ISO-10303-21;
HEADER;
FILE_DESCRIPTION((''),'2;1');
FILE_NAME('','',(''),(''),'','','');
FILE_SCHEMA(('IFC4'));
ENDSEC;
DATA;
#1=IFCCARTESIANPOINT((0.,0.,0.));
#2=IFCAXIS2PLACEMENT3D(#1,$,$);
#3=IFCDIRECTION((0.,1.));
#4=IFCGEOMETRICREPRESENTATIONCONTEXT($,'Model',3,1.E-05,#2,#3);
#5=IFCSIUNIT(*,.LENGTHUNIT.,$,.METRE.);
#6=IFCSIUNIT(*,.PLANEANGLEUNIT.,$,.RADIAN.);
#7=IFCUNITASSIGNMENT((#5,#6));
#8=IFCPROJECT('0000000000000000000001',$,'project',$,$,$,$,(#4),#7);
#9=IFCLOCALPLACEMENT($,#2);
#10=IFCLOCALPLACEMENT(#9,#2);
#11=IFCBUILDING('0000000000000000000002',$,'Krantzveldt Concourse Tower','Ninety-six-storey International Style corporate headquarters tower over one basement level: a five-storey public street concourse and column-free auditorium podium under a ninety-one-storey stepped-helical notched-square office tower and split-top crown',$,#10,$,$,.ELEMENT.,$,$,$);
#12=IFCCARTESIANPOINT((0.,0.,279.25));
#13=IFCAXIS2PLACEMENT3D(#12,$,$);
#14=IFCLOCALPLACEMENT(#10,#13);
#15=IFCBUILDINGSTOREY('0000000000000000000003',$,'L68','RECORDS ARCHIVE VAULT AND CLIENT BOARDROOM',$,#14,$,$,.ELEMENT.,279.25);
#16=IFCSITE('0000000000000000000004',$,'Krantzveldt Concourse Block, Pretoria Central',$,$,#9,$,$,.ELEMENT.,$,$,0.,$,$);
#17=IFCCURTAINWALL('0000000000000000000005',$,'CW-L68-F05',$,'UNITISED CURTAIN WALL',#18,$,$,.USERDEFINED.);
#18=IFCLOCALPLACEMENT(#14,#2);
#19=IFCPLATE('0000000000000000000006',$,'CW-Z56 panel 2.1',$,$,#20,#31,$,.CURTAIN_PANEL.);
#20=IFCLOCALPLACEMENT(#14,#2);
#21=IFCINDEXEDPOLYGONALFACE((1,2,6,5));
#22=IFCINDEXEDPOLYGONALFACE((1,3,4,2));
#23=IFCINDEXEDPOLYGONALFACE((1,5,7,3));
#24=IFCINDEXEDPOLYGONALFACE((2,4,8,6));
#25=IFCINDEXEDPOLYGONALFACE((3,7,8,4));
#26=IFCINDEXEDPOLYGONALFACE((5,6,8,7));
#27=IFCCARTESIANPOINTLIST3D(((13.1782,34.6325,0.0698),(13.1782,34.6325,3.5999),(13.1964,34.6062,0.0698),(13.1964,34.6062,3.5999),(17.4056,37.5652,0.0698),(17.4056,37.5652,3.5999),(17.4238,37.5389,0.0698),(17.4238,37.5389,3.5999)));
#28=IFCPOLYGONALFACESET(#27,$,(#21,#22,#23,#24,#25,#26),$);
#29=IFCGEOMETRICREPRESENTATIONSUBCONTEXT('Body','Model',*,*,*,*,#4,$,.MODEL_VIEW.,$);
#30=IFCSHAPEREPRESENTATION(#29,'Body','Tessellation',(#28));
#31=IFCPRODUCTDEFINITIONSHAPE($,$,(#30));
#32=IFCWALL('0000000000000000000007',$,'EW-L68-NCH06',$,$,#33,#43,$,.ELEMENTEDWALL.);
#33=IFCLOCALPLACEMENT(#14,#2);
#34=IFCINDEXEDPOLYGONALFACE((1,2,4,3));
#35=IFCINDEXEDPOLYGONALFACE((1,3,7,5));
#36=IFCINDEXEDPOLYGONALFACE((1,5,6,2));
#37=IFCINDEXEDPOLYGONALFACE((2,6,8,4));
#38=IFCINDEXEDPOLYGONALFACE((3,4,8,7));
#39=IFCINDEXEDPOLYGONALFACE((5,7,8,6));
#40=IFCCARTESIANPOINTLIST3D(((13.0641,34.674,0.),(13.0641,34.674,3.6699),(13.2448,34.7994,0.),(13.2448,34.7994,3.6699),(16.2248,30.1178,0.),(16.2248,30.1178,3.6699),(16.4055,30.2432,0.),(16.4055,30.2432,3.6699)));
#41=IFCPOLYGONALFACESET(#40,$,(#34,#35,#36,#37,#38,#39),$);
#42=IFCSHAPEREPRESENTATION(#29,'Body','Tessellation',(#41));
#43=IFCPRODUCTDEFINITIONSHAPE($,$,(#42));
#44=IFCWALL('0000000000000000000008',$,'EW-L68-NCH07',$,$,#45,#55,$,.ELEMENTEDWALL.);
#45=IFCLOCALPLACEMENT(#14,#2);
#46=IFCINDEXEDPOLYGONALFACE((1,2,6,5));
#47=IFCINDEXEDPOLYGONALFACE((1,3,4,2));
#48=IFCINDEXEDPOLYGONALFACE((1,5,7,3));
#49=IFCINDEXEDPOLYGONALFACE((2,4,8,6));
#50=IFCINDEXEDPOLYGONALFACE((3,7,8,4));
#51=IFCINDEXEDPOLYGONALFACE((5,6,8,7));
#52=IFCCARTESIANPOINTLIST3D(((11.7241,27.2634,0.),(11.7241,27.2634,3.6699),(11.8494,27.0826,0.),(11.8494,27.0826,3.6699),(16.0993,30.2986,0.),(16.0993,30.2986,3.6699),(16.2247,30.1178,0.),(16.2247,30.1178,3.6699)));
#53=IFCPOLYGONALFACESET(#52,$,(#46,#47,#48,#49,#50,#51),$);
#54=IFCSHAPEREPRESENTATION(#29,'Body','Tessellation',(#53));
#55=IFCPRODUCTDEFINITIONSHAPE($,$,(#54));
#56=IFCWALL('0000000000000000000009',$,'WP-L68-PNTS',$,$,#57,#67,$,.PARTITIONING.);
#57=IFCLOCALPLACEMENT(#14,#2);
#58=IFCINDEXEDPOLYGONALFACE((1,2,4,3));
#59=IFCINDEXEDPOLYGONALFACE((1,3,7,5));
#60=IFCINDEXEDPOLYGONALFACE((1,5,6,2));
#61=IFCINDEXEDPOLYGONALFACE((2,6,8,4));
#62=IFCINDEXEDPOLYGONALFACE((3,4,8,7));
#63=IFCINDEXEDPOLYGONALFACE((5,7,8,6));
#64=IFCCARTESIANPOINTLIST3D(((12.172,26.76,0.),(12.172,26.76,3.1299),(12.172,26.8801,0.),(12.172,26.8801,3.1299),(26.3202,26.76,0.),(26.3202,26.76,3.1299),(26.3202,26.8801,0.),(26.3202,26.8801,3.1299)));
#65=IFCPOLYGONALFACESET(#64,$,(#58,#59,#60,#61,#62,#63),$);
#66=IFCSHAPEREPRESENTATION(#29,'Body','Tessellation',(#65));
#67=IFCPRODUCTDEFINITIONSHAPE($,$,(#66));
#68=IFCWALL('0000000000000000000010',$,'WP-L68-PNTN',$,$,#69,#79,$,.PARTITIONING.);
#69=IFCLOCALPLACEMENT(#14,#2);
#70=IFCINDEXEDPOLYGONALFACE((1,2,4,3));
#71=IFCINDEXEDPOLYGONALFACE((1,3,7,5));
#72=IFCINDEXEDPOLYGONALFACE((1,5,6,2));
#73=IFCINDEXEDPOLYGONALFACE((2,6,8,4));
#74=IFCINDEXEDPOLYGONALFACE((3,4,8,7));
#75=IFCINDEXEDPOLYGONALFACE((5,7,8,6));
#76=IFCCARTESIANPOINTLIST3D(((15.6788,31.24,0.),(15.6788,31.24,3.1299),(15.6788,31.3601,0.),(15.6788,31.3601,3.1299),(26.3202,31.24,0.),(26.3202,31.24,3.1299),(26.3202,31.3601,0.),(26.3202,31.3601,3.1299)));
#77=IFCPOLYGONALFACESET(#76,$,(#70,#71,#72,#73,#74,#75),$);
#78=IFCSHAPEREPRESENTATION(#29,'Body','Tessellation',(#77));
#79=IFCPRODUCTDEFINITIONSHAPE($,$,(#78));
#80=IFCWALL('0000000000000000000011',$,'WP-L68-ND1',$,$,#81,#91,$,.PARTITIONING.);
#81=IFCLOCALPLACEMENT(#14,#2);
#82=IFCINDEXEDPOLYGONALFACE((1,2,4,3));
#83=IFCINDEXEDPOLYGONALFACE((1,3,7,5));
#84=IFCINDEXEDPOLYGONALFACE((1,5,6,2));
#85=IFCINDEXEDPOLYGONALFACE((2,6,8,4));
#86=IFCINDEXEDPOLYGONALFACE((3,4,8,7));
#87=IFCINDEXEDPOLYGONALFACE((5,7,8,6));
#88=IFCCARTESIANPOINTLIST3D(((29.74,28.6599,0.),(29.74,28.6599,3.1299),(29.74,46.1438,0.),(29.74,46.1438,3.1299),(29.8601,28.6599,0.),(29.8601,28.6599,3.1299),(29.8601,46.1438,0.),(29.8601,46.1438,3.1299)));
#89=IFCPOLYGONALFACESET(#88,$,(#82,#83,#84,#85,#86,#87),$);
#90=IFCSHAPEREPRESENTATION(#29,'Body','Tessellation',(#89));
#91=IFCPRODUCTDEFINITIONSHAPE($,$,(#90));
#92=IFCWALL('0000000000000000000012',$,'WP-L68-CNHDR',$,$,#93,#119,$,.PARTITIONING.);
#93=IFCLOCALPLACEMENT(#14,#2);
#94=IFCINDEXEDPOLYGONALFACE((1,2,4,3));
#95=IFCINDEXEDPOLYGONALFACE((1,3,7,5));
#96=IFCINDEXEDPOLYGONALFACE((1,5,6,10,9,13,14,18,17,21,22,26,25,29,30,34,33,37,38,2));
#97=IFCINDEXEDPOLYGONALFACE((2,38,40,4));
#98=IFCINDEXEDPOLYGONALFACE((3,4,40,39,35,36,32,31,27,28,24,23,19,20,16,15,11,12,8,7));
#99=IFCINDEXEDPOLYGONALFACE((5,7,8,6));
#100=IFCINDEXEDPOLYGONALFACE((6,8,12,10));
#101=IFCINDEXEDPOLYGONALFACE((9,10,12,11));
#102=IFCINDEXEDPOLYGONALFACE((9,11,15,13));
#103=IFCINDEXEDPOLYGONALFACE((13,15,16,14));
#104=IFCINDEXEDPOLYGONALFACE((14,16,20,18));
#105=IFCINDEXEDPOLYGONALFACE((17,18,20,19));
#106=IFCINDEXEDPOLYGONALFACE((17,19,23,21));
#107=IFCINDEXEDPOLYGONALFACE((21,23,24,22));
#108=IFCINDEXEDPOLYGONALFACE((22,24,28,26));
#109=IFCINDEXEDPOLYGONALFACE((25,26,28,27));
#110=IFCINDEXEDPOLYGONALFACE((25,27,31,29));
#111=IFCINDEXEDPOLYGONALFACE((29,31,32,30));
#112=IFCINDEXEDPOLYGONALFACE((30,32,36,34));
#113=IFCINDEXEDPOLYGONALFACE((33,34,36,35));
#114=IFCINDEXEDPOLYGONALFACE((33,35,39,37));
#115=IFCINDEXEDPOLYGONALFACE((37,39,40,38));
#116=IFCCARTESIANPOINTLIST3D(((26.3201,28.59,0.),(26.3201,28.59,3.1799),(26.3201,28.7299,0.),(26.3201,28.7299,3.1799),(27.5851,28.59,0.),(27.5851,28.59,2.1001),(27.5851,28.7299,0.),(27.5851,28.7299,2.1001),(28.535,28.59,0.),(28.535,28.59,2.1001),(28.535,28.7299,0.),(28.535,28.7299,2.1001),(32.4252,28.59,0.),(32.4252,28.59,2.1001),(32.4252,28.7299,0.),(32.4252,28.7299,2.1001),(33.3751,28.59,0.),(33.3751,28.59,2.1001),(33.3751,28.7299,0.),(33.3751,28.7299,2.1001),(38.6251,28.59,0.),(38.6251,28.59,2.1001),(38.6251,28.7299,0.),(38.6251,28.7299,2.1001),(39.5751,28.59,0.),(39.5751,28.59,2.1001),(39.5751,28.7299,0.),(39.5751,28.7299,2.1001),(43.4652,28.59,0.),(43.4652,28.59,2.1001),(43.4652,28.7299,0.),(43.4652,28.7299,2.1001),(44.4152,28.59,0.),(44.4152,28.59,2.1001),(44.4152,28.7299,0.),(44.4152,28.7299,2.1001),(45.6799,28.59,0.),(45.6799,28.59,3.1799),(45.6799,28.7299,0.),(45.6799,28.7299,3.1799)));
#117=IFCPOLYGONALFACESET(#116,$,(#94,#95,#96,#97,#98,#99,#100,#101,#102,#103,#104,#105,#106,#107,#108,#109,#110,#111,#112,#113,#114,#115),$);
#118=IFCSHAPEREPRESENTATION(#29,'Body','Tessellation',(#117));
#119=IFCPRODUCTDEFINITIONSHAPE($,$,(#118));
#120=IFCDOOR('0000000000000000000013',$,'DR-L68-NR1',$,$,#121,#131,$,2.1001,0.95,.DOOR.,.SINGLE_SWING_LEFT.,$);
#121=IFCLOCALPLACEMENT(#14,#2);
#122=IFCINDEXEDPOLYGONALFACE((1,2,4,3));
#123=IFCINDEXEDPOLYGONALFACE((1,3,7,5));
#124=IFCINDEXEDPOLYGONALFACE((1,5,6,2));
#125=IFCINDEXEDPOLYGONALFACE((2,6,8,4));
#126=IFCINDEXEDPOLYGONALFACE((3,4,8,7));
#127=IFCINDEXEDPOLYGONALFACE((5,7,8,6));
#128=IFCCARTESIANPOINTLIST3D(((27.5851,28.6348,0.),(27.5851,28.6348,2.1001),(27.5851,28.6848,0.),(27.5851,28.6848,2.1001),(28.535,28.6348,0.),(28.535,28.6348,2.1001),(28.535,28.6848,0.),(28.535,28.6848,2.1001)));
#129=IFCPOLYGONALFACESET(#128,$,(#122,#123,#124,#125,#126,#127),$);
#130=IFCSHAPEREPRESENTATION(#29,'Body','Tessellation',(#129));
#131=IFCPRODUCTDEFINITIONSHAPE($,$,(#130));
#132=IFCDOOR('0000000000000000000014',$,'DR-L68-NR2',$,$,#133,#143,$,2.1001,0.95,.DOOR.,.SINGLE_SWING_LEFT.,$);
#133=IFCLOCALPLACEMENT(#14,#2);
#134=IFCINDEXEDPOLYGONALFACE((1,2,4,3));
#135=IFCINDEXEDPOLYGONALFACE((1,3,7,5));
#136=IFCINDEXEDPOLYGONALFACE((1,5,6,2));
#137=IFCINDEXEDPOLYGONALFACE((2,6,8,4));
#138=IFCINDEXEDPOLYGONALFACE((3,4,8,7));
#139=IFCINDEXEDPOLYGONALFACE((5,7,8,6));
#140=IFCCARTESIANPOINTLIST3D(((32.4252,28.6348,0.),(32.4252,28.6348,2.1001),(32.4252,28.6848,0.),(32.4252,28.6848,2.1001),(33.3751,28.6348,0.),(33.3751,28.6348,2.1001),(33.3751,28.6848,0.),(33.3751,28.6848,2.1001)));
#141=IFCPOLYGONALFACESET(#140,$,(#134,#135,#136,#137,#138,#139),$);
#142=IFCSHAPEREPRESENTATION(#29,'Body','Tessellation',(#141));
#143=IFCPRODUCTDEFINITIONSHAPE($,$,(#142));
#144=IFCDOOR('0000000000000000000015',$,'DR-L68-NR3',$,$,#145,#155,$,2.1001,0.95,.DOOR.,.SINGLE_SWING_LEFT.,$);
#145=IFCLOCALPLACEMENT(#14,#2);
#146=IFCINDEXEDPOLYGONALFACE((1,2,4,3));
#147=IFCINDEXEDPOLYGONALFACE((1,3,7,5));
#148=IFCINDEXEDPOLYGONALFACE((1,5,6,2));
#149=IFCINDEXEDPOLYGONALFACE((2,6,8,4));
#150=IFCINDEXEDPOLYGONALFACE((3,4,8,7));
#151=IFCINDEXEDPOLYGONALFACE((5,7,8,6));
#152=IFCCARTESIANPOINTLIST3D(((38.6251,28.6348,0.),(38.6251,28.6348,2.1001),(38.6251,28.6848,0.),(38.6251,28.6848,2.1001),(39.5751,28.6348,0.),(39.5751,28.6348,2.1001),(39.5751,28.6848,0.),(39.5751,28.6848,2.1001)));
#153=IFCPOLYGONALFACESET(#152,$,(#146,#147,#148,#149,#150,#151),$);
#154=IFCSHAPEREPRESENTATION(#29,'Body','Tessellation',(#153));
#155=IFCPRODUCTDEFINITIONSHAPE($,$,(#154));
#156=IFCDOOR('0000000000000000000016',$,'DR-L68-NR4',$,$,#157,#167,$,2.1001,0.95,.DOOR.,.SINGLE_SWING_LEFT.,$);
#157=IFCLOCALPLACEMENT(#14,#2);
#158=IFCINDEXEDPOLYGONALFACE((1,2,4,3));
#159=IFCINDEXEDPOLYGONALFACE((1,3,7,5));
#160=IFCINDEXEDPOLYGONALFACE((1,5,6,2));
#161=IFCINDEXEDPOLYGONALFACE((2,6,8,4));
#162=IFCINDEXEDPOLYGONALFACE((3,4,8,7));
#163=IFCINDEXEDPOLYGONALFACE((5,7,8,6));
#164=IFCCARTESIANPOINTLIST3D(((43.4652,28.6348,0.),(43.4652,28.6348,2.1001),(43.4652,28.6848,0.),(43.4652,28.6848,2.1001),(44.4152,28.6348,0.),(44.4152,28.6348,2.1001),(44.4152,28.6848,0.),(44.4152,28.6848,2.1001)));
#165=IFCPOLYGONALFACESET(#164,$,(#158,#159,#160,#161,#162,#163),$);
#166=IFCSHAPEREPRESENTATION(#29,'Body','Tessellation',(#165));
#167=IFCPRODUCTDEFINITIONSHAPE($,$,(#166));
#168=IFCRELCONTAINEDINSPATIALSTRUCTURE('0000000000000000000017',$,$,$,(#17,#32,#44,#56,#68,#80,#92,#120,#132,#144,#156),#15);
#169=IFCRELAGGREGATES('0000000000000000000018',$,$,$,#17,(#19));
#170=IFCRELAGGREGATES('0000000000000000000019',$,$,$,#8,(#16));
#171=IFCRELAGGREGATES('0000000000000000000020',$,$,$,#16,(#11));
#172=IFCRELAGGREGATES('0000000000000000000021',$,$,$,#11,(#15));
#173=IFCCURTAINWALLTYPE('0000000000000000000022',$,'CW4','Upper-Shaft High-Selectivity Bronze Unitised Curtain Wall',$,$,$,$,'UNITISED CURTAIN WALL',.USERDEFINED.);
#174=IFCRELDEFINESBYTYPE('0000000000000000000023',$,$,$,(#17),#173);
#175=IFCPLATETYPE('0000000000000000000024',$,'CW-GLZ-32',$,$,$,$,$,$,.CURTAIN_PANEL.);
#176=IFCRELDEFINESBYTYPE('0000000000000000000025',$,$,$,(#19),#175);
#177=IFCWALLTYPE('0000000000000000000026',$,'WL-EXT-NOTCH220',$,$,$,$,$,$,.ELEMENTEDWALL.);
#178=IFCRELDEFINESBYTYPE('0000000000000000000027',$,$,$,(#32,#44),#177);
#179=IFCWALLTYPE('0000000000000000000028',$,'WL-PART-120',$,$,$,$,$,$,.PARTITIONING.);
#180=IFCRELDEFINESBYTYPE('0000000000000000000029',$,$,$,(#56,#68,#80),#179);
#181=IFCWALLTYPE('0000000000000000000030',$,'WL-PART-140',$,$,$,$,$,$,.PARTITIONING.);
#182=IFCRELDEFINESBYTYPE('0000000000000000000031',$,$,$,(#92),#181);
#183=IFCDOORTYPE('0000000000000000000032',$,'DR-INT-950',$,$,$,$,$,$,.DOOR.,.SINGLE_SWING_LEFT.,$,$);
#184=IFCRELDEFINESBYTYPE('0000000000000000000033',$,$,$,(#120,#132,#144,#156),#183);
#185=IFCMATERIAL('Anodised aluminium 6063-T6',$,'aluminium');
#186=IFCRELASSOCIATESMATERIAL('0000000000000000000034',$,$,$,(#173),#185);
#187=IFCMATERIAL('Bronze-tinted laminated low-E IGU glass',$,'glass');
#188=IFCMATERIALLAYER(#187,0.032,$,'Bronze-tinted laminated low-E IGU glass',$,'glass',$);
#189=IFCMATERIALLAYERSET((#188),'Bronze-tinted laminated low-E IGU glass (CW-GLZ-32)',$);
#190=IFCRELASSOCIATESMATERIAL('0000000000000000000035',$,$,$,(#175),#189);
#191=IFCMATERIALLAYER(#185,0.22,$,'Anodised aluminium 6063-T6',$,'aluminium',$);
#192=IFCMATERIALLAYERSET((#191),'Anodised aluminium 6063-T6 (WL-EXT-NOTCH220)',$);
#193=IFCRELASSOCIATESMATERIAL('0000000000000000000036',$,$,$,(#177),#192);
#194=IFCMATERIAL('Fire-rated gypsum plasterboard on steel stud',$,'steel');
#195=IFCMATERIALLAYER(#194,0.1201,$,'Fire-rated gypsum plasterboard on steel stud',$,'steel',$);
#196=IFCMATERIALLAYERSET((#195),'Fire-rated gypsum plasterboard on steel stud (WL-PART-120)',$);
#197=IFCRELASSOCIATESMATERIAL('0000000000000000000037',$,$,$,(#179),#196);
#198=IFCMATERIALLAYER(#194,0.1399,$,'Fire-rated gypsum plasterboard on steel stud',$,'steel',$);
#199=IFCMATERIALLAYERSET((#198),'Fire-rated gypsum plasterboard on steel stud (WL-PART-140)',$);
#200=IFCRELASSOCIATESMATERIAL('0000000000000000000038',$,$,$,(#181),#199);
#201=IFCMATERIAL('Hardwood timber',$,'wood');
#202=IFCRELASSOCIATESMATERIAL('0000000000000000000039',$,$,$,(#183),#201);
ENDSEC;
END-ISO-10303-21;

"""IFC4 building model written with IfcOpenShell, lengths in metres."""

from ifc_helpers import new_model, si_unit, direction, frame, frame_2d, origin, origin_2d, place, context, subcontext, project, spatial, rectangle, extrude, source, transform, mapped, material, layer, layer_set, type_object, type_shapes, element, fill, aggregate, save


model = new_model("IFC4")

# Units and contexts
model_context = context("Model", 3, precision=1e-05, world=origin(), true_north=direction((0.0, 1.0)))
body_context = subcontext(model_context, "Body", "Model", "MODEL_VIEW")
ifc_project = project(units=[si_unit("LENGTHUNIT", "METRE"), si_unit("PLANEANGLEUNIT", "RADIAN")], contexts=[model_context])

# Site, building, storey
site_placement = place(None, origin())
site = spatial("IfcSite", under=ifc_project, at=site_placement, Name="Krantzveldt Concourse Block, Pretoria Central", CompositionType="ELEMENT", RefElevation=0.0)
building_placement = place(site_placement, origin())
building = spatial("IfcBuilding", under=site, at=building_placement, Name="Krantzveldt Concourse Tower", Description="Ninety-six-storey International Style corporate headquarters tower over one basement level: a five-storey public street concourse and column-free auditorium podium under a ninety-one-storey stepped-helical notched-square office tower and split-top crown", CompositionType="ELEMENT")
storey_placement = place(building_placement, frame((0.0, 0.0, 279.25)))
storey = spatial("IfcBuildingStorey", under=building, at=storey_placement, Name="L68", Description="RECORDS ARCHIVE VAULT AND CLIENT BOARDROOM", CompositionType="ELEMENT", Elevation=279.25)

# Curtain wall
ifc_material_1 = material(Name="Anodised aluminium 6063-T6", Category="aluminium")
curtain_wall_type = type_object("IfcCurtainWallType", Name="CW4", Description="Upper-Shaft High-Selectivity Bronze Unitised Curtain Wall", ElementType="UNITISED CURTAIN WALL", PredefinedType="USERDEFINED", material=ifc_material_1)
curtain_wall_1_placement = place(storey_placement, origin())
curtain_wall_1 = element("IfcCurtainWall", 1, at=curtain_wall_1_placement, inside=storey, type_object=curtain_wall_type, Name="CW-L68-F05", ObjectType="UNITISED CURTAIN WALL", PredefinedType="USERDEFINED")

# Plate
ifc_material_2 = material(Name="Bronze-tinted laminated low-E IGU glass", Category="glass")
ifc_layer_1 = layer(ifc_material_2, 0.032, Name="Bronze-tinted laminated low-E IGU glass", Category="glass")
ifc_layer_set_1 = layer_set([ifc_layer_1], Name="Bronze-tinted laminated low-E IGU glass (CW-GLZ-32)")
plate_type = type_object("IfcPlateType", Name="CW-GLZ-32", PredefinedType="CURTAIN_PANEL", material=ifc_layer_set_1)
shared_shape_1 = source(origin(), body_context, "Body", "SweptSolid", [
    extrude(rectangle(XDim=5.145, YDim=0.032, at=origin_2d()), origin(), (0.0, 0.0, 1.0), 3.53),
])
type_shapes(plate_type, [shared_shape_1])
plate_placement = place(storey_placement, frame((15.301, 36.0857, 0.0698), z_axis=(0.0, 0.0, 1.0), x_axis=(-0.821647, -0.569996, 0.0)))
plate = element("IfcPlate", 2, at=plate_placement, type_object=plate_type, Name="CW-Z56 panel 2.1", PredefinedType="CURTAIN_PANEL", context=body_context, shape_type="MappedRepresentation", body=[
    mapped(shared_shape_1, transform((0.0, 0.0, 0.0), x_axis=(1.0, 0.0, 0.0), y_axis=(0.0, 1.0, 0.0), z_axis=(0.0, 0.0, 1.0), scale=1.0)),
])
aggregate(curtain_wall_1, [plate])

# Walls
ifc_layer_2 = layer(ifc_material_1, 0.22, Name="Anodised aluminium 6063-T6", Category="aluminium")
ifc_layer_set_2 = layer_set([ifc_layer_2], Name="Anodised aluminium 6063-T6 (WL-EXT-NOTCH220)")
wall_type_1 = type_object("IfcWallType", Name="WL-EXT-NOTCH220", PredefinedType="ELEMENTEDWALL", material=ifc_layer_set_2)
wall_1_placement = place(storey_placement, frame((13.1545, 34.7366, 0.0), z_axis=(0.0, 0.0, 1.0), x_axis=(0.569988, -0.821653, 0.0)))
element("IfcWall", 3, at=wall_1_placement, inside=storey, type_object=wall_type_1, Name="EW-L68-NCH06", PredefinedType="ELEMENTEDWALL", context=body_context, shape_type="SweptSolid", body=[
    extrude(rectangle(XDim=5.5452, YDim=0.22, at=frame_2d((2.7725, 0.0))), origin(), (0.0, 0.0, 1.0), 3.6699),
])
wall_2_placement = place(storey_placement, frame((16.1621, 30.2083, 0.0), z_axis=(0.0, 0.0, 1.0), x_axis=(-0.821652, -0.569989, 0.0)))
element("IfcWall", 4, at=wall_2_placement, inside=storey, type_object=wall_type_1, Name="EW-L68-NCH07", PredefinedType="ELEMENTEDWALL", context=body_context, shape_type="SweptSolid", body=[
    extrude(rectangle(XDim=5.325, YDim=0.22, at=frame_2d((2.6626, 0.0))), origin(), (0.0, 0.0, 1.0), 3.6699),
])
ifc_material_3 = material(Name="Fire-rated gypsum plasterboard on steel stud", Category="steel")
ifc_layer_3 = layer(ifc_material_3, 0.1201, Name="Fire-rated gypsum plasterboard on steel stud", Category="steel")
ifc_layer_set_3 = layer_set([ifc_layer_3], Name="Fire-rated gypsum plasterboard on steel stud (WL-PART-120)")
wall_type_2 = type_object("IfcWallType", Name="WL-PART-120", PredefinedType="PARTITIONING", material=ifc_layer_set_3)
wall_3_placement = place(storey_placement, frame((12.1719, 26.8201, 0.0), z_axis=(0.0, 0.0, 1.0), x_axis=(1.0, 0.0, 0.0)))
element("IfcWall", 5, at=wall_3_placement, inside=storey, type_object=wall_type_2, Name="WP-L68-PNTS", PredefinedType="PARTITIONING", context=body_context, shape_type="SweptSolid", body=[
    extrude(rectangle(XDim=14.1482, YDim=0.1201, at=frame_2d((7.0742, 0.0))), origin(), (0.0, 0.0, 1.0), 3.1299),
])
wall_4_placement = place(storey_placement, frame((15.6787, 31.3, 0.0), z_axis=(0.0, 0.0, 1.0), x_axis=(1.0, 0.0, 0.0)))
element("IfcWall", 6, at=wall_4_placement, inside=storey, type_object=wall_type_2, Name="WP-L68-PNTN", PredefinedType="PARTITIONING", context=body_context, shape_type="SweptSolid", body=[
    extrude(rectangle(XDim=10.6414, YDim=0.1201, at=frame_2d((5.3208, 0.0))), origin(), (0.0, 0.0, 1.0), 3.1299),
])
wall_5_placement = place(storey_placement, frame((29.8, 28.6599, 0.0), z_axis=(0.0, 0.0, 1.0), x_axis=(0.0, 1.0, 0.0)))
element("IfcWall", 7, at=wall_5_placement, inside=storey, type_object=wall_type_2, Name="WP-L68-ND1", PredefinedType="PARTITIONING", context=body_context, shape_type="SweptSolid", body=[
    extrude(rectangle(XDim=17.4839, YDim=0.1201, at=frame_2d((8.7419, 0.0))), origin(), (0.0, 0.0, 1.0), 3.1299),
])

# Wall, openings, doors
ifc_layer_4 = layer(ifc_material_3, 0.1399, Name="Fire-rated gypsum plasterboard on steel stud", Category="steel")
ifc_layer_set_4 = layer_set([ifc_layer_4], Name="Fire-rated gypsum plasterboard on steel stud (WL-PART-140)")
wall_type_3 = type_object("IfcWallType", Name="WL-PART-140", PredefinedType="PARTITIONING", material=ifc_layer_set_4)
wall_6_placement = place(storey_placement, frame((26.3201, 28.6599, 0.0), z_axis=(0.0, 0.0, 1.0), x_axis=(1.0, 0.0, 0.0)))
wall_6 = element("IfcWall", 8, at=wall_6_placement, inside=storey, type_object=wall_type_3, Name="WP-L68-CNHDR", PredefinedType="PARTITIONING", context=body_context, shape_type="SweptSolid", body=[
    extrude(rectangle(XDim=19.3599, YDim=0.1399, at=frame_2d((9.6799, 0.0))), origin(), (0.0, 0.0, 1.0), 3.1799),
])
opening_1_placement = place(wall_6_placement, frame((1.2649, 0.0, 0.0)))
opening_1 = element("IfcOpeningElement", 9, at=opening_1_placement, cuts=wall_6, PredefinedType="OPENING", context=body_context, shape_type="SweptSolid", body=[
    extrude(rectangle(XDim=0.95, YDim=2.1001, at=frame_2d((0.4751, 1.05))), frame((0.0, 0.0801, 0.0), z_axis=(0.0, -1.0, 0.0), x_axis=(1.0, 0.0, 0.0)), (0.0, 0.0, 1.0), 0.1599),
])
opening_2_placement = place(wall_6_placement, frame((6.105, 0.0, 0.0)))
opening_2 = element("IfcOpeningElement", 10, at=opening_2_placement, cuts=wall_6, PredefinedType="OPENING", context=body_context, shape_type="SweptSolid", body=[
    extrude(rectangle(XDim=0.95, YDim=2.1001, at=frame_2d((0.4751, 1.05))), frame((0.0, 0.0801, 0.0), z_axis=(0.0, -1.0, 0.0), x_axis=(1.0, 0.0, 0.0)), (0.0, 0.0, 1.0), 0.1599),
])
opening_3_placement = place(wall_6_placement, frame((12.3049, 0.0, 0.0)))
opening_3 = element("IfcOpeningElement", 11, at=opening_3_placement, cuts=wall_6, PredefinedType="OPENING", context=body_context, shape_type="SweptSolid", body=[
    extrude(rectangle(XDim=0.95, YDim=2.1001, at=frame_2d((0.4751, 1.05))), frame((0.0, 0.0801, 0.0), z_axis=(0.0, -1.0, 0.0), x_axis=(1.0, 0.0, 0.0)), (0.0, 0.0, 1.0), 0.1599),
])
opening_4_placement = place(wall_6_placement, frame((17.145, 0.0, 0.0)))
opening_4 = element("IfcOpeningElement", 12, at=opening_4_placement, cuts=wall_6, PredefinedType="OPENING", context=body_context, shape_type="SweptSolid", body=[
    extrude(rectangle(XDim=0.95, YDim=2.1001, at=frame_2d((0.4751, 1.05))), frame((0.0, 0.0801, 0.0), z_axis=(0.0, -1.0, 0.0), x_axis=(1.0, 0.0, 0.0)), (0.0, 0.0, 1.0), 0.1599),
])
ifc_material_4 = material(Name="Hardwood timber", Category="wood")
door_type = type_object("IfcDoorType", Name="DR-INT-950", OperationType="SINGLE_SWING_LEFT", PredefinedType="DOOR", material=ifc_material_4)
door_1_placement = place(opening_1_placement, origin())
door_1 = element("IfcDoor", 13, at=door_1_placement, inside=storey, type_object=door_type, Name="DR-L68-NR1", OperationType="SINGLE_SWING_LEFT", OverallHeight=2.1001, OverallWidth=0.95, PredefinedType="DOOR", context=body_context, shape_type="SweptSolid", body=[
    extrude(rectangle(XDim=0.95, YDim=2.1001, at=frame_2d((0.4751, 1.05))), frame((0.0, 0.0249, 0.0), z_axis=(0.0, -1.0, 0.0), x_axis=(1.0, 0.0, 0.0)), (0.0, 0.0, 1.0), 0.05),
])
fill(opening_1, door_1)
door_2_placement = place(opening_2_placement, origin())
door_2 = element("IfcDoor", 14, at=door_2_placement, inside=storey, type_object=door_type, Name="DR-L68-NR2", OperationType="SINGLE_SWING_LEFT", OverallHeight=2.1001, OverallWidth=0.95, PredefinedType="DOOR", context=body_context, shape_type="SweptSolid", body=[
    extrude(rectangle(XDim=0.95, YDim=2.1001, at=frame_2d((0.4751, 1.05))), frame((0.0, 0.0249, 0.0), z_axis=(0.0, -1.0, 0.0), x_axis=(1.0, 0.0, 0.0)), (0.0, 0.0, 1.0), 0.05),
])
fill(opening_2, door_2)
door_3_placement = place(opening_3_placement, origin())
door_3 = element("IfcDoor", 15, at=door_3_placement, inside=storey, type_object=door_type, Name="DR-L68-NR3", OperationType="SINGLE_SWING_LEFT", OverallHeight=2.1001, OverallWidth=0.95, PredefinedType="DOOR", context=body_context, shape_type="SweptSolid", body=[
    extrude(rectangle(XDim=0.95, YDim=2.1001, at=frame_2d((0.4751, 1.05))), frame((0.0, 0.0249, 0.0), z_axis=(0.0, -1.0, 0.0), x_axis=(1.0, 0.0, 0.0)), (0.0, 0.0, 1.0), 0.05),
])
fill(opening_3, door_3)
door_4_placement = place(opening_4_placement, origin())
door_4 = element("IfcDoor", 16, at=door_4_placement, inside=storey, type_object=door_type, Name="DR-L68-NR4", OperationType="SINGLE_SWING_LEFT", OverallHeight=2.1001, OverallWidth=0.95, PredefinedType="DOOR", context=body_context, shape_type="SweptSolid", body=[
    extrude(rectangle(XDim=0.95, YDim=2.1001, at=frame_2d((0.4751, 1.05))), frame((0.0, 0.0249, 0.0), z_axis=(0.0, -1.0, 0.0), x_axis=(1.0, 0.0, 0.0)), (0.0, 0.0, 1.0), 0.05),
])
fill(opening_4, door_4)

save(model, "model.ifc")
